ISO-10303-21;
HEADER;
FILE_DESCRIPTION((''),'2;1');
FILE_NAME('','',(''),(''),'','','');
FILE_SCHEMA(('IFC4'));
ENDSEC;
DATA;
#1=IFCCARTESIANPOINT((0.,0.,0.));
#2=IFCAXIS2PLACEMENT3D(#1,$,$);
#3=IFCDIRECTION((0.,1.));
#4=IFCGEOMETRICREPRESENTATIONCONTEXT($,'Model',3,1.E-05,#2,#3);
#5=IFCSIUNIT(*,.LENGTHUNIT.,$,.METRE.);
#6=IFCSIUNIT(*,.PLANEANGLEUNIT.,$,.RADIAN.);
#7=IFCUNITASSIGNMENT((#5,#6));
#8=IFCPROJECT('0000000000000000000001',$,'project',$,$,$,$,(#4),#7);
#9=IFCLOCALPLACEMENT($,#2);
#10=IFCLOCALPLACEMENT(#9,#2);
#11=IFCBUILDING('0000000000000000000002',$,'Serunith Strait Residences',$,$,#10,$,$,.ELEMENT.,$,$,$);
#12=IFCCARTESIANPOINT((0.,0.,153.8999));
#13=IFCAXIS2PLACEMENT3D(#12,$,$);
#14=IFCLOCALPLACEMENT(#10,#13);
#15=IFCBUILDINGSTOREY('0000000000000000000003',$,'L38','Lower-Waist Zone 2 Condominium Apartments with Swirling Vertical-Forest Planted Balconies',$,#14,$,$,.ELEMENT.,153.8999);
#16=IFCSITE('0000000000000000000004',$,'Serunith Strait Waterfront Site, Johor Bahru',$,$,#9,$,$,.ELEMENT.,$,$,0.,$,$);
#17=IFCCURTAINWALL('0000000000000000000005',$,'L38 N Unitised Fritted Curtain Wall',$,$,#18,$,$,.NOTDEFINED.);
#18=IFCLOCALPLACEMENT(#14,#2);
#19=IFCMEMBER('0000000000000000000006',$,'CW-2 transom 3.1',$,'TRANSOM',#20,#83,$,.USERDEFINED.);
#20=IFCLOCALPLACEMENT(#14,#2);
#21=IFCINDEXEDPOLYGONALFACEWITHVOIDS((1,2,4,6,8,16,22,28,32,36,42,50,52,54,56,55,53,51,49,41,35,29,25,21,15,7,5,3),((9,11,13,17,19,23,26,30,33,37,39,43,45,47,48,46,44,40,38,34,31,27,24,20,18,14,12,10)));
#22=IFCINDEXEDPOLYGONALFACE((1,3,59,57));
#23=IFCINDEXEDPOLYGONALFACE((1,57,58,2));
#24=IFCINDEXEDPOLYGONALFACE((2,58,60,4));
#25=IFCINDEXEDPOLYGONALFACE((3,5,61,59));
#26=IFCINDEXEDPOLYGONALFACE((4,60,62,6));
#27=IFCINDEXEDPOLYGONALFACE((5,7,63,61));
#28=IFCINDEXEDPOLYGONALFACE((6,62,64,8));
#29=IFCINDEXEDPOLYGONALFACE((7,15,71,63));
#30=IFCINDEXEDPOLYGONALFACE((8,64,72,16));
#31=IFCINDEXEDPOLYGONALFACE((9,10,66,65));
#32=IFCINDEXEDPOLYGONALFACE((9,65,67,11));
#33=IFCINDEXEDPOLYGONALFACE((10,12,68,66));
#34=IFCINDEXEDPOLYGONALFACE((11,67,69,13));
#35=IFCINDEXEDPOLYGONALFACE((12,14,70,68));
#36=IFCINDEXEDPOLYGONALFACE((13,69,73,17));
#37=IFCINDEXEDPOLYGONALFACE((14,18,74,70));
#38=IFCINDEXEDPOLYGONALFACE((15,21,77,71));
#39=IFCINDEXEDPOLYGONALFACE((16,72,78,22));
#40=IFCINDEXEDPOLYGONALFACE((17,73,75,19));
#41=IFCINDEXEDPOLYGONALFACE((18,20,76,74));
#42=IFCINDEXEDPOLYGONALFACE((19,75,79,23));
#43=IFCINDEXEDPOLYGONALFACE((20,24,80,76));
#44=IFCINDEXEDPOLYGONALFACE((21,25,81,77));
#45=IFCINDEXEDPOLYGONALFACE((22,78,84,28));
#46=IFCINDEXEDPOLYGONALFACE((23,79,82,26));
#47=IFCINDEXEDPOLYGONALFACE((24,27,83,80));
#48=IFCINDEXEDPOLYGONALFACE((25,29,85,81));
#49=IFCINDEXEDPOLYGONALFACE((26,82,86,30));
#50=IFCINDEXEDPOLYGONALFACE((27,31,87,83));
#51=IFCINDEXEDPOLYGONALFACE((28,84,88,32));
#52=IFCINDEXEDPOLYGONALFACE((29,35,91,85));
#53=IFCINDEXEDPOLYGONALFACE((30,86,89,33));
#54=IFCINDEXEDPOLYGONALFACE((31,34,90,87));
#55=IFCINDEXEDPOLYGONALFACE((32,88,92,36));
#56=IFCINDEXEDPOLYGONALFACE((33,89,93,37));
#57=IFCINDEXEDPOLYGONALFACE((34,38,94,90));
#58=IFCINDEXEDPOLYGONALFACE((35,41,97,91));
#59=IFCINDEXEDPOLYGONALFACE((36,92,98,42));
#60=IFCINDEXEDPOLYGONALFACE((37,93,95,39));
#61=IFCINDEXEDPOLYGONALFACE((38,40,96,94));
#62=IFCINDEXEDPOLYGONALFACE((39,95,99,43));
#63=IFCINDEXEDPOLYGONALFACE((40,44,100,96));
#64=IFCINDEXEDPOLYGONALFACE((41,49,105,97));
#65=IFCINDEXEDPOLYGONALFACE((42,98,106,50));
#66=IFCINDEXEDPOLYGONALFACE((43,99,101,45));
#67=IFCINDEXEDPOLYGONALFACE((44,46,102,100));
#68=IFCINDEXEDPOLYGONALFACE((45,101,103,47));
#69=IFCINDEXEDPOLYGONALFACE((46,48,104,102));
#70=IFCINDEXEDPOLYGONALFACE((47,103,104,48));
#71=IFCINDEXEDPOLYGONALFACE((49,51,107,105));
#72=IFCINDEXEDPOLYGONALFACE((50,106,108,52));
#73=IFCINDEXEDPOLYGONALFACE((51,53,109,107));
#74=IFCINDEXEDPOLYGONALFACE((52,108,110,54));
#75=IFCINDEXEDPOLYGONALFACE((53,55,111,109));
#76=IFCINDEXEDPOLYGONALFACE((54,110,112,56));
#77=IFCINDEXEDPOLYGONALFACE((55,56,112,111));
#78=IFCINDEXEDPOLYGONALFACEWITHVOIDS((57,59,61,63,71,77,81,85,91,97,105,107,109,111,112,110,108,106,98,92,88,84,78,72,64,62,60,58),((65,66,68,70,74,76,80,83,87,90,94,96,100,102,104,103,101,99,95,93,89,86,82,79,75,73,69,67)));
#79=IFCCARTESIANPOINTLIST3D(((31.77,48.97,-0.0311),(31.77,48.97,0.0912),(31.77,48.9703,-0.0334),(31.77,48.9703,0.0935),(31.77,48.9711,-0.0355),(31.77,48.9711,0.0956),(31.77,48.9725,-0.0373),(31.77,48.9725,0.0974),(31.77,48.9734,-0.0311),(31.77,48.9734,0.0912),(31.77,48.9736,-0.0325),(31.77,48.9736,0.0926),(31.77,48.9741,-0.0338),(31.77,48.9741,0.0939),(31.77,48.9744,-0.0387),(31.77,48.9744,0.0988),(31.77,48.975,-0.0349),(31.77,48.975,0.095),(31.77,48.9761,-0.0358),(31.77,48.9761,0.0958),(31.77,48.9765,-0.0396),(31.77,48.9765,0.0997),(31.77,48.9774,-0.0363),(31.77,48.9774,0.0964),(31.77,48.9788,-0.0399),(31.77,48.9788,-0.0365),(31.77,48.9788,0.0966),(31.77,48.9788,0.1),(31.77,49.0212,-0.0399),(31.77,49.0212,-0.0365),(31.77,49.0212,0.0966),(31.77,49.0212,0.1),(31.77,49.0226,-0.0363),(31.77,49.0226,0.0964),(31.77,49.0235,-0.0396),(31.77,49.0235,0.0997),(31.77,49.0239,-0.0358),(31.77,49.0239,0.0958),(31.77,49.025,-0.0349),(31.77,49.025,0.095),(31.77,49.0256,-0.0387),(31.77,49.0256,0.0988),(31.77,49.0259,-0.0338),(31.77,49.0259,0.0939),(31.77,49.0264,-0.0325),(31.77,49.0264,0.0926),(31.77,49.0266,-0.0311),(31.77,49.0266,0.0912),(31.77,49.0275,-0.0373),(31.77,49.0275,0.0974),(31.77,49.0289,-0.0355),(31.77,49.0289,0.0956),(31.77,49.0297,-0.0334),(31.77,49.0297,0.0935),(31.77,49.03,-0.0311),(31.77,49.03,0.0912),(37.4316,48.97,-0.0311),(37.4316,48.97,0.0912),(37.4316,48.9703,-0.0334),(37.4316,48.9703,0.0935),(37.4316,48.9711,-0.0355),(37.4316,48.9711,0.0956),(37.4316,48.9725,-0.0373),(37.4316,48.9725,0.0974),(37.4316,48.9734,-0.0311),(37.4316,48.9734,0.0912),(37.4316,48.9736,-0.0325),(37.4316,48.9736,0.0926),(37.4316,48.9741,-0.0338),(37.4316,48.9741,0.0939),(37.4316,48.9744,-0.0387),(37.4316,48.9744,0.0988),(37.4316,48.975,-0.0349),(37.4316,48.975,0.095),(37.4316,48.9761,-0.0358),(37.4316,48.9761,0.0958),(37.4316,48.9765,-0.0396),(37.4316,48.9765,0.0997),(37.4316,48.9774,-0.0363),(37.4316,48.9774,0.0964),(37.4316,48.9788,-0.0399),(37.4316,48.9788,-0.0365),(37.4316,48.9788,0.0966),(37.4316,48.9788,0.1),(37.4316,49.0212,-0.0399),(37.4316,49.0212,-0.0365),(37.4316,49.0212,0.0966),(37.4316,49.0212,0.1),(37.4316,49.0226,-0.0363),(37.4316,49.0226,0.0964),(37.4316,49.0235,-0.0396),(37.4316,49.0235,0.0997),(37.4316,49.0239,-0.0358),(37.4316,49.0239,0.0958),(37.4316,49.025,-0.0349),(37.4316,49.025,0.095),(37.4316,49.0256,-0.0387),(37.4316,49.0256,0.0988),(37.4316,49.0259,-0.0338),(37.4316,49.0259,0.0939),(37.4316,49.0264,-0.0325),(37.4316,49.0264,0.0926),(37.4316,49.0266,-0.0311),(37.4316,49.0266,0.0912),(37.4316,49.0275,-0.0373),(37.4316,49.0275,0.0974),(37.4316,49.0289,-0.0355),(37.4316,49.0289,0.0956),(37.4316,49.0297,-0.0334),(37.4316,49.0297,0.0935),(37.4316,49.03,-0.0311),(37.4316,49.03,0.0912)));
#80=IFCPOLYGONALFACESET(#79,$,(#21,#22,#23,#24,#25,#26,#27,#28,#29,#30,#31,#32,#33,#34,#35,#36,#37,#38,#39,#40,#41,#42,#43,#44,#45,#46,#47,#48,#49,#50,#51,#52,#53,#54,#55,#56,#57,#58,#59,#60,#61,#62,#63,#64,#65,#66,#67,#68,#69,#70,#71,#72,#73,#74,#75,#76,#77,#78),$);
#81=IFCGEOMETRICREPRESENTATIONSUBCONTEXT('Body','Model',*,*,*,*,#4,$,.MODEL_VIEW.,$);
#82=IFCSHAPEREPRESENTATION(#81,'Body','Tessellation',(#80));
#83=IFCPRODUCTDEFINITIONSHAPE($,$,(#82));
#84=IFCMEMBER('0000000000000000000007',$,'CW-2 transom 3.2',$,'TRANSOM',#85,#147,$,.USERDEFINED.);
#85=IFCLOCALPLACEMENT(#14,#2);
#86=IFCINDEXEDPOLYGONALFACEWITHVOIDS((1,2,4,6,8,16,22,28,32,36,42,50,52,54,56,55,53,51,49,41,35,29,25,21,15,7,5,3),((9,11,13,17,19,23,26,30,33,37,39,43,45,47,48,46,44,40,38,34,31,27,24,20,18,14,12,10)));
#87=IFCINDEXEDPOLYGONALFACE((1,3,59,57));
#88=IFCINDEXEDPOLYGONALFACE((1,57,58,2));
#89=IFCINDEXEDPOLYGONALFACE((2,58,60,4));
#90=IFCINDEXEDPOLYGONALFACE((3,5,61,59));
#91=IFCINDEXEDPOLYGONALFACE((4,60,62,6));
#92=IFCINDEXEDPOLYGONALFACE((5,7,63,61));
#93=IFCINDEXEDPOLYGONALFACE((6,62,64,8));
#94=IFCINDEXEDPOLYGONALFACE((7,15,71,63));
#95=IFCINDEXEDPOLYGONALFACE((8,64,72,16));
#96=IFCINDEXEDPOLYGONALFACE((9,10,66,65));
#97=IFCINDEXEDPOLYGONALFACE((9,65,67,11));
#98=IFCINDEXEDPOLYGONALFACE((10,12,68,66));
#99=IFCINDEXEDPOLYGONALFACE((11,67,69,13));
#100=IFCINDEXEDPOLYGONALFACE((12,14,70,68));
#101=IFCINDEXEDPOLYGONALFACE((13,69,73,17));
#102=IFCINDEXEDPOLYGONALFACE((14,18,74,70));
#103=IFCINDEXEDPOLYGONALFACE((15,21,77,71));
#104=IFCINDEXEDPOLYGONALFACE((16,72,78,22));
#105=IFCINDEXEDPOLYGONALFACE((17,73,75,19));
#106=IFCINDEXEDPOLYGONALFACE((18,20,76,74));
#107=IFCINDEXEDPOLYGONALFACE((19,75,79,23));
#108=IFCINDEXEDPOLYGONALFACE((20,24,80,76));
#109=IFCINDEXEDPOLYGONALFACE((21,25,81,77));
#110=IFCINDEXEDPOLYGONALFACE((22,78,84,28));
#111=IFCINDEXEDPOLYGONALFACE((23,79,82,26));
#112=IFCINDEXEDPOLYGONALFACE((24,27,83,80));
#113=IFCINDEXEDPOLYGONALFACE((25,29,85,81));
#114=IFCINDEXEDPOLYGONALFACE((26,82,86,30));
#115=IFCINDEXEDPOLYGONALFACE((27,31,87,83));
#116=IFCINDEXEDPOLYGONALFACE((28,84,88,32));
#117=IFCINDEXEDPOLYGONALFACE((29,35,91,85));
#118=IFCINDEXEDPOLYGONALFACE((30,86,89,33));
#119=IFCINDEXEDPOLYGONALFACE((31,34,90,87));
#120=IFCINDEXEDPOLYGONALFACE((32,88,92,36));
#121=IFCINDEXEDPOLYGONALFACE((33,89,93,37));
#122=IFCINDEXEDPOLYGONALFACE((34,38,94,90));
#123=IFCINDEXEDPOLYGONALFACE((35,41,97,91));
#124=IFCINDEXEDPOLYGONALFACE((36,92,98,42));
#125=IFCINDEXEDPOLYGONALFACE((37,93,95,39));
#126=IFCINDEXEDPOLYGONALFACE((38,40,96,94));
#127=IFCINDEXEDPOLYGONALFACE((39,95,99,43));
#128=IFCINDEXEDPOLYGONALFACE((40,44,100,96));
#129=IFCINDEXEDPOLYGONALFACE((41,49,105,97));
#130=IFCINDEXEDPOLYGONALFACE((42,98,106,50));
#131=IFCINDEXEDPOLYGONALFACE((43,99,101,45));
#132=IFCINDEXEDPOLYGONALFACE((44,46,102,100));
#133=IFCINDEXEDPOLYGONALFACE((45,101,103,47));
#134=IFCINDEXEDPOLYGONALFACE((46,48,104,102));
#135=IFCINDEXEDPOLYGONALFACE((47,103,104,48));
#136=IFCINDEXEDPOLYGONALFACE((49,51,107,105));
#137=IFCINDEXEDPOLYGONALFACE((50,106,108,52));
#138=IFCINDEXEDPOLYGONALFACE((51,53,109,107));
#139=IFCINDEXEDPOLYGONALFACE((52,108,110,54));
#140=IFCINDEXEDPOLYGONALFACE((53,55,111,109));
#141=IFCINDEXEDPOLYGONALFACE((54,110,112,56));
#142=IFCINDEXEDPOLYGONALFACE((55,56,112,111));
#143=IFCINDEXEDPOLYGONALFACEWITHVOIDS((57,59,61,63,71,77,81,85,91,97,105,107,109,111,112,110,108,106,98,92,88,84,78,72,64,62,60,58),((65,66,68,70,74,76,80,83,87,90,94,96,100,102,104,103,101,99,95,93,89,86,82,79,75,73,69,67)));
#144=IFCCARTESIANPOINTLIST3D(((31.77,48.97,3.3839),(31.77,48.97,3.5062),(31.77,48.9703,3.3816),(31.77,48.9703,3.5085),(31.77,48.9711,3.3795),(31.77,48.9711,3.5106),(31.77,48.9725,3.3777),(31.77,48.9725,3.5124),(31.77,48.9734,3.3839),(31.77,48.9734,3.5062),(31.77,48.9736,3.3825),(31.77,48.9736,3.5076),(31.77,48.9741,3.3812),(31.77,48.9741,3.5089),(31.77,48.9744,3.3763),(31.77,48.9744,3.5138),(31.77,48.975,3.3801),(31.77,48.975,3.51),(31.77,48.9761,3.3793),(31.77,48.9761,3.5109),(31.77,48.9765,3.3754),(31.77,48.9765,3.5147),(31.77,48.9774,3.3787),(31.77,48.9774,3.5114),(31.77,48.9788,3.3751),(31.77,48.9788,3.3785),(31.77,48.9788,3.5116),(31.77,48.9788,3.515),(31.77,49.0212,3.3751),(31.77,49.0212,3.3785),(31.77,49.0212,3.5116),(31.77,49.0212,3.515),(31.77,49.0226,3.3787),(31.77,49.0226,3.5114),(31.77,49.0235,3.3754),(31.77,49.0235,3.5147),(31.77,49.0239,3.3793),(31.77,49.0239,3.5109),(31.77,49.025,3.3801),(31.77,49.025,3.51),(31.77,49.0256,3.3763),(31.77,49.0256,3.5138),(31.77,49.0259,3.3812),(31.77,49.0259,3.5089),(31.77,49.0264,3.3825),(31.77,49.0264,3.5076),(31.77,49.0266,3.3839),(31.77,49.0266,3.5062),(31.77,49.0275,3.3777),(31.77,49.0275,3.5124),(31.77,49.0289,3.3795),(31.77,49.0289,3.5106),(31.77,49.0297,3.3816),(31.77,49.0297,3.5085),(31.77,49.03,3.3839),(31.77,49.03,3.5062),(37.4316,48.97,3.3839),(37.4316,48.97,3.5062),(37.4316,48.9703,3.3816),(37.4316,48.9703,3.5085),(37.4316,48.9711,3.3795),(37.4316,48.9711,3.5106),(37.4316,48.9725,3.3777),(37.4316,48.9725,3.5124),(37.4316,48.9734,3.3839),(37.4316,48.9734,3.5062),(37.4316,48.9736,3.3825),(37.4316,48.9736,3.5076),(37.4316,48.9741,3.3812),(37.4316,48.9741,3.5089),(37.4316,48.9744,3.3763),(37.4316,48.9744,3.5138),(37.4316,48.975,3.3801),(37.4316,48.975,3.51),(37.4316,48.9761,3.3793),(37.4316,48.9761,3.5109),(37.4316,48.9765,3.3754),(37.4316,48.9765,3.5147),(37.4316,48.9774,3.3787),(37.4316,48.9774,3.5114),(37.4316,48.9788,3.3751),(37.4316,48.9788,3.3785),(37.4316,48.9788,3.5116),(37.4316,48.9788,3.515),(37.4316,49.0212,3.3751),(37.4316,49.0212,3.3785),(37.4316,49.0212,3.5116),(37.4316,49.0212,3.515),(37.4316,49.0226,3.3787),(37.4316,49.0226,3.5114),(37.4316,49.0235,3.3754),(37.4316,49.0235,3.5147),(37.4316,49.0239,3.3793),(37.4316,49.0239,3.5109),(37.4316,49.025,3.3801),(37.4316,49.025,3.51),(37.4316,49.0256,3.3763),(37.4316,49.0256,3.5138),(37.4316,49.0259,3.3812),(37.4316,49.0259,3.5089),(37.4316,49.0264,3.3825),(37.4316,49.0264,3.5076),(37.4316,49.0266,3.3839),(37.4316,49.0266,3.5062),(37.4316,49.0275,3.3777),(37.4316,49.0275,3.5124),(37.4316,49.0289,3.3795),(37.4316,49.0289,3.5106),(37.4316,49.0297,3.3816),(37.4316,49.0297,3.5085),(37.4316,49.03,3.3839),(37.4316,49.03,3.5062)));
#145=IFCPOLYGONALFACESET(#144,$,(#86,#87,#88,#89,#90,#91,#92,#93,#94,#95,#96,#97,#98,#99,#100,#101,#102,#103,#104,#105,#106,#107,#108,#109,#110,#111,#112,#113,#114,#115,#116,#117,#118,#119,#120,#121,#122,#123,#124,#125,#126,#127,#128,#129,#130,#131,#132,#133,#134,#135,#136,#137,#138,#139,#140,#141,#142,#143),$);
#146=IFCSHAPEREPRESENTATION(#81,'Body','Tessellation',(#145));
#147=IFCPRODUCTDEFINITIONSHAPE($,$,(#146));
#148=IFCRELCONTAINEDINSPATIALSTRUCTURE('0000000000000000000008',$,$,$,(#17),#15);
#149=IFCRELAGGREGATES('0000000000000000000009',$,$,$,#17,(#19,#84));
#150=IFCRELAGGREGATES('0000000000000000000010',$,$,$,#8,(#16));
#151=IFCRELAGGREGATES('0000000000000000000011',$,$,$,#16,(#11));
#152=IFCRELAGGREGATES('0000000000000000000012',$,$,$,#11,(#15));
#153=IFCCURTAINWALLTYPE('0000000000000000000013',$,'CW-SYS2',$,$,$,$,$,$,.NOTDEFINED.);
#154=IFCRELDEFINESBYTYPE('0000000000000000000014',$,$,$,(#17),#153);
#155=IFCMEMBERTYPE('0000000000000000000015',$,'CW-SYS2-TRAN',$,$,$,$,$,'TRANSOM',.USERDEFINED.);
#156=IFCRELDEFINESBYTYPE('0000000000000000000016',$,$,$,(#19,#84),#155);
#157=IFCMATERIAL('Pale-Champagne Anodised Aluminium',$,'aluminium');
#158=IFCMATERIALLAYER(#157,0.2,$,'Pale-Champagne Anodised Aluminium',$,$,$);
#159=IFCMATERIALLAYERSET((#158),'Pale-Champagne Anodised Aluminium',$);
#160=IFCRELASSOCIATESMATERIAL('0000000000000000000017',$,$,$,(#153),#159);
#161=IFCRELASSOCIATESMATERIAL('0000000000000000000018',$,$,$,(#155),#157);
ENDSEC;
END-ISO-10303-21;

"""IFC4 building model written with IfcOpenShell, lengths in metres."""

from ifc_helpers import new_model, si_unit, direction, frame, origin, origin_2d, place, context, subcontext, project, spatial, hollow_rectangle, extrude, source, transform, mapped, material, layer, layer_set, material_profile, profile_set, type_object, element, aggregate, save


model = new_model("IFC4")

# Units and contexts
model_context = context("Model", 3, precision=1e-05, world=origin(), true_north=direction((0.0, 1.0)))
body_context = subcontext(model_context, "Body", "Model", "MODEL_VIEW")
ifc_project = project(units=[si_unit("LENGTHUNIT", "METRE"), si_unit("PLANEANGLEUNIT", "RADIAN")], contexts=[model_context])

# Site, building, storey
site_placement = place(None, origin())
site = spatial("IfcSite", under=ifc_project, at=site_placement, Name="Serunith Strait Waterfront Site, Johor Bahru", CompositionType="ELEMENT", RefElevation=0.0)
building_placement = place(site_placement, origin())
building = spatial("IfcBuilding", under=site, at=building_placement, Name="Serunith Strait Residences", CompositionType="ELEMENT")
storey_placement = place(building_placement, frame((0.0, 0.0, 153.8999)))
storey = spatial("IfcBuildingStorey", under=building, at=storey_placement, Name="L38", Description="Lower-Waist Zone 2 Condominium Apartments with Swirling Vertical-Forest Planted Balconies", CompositionType="ELEMENT", Elevation=153.8999)

# Curtain wall, members
ifc_material_1 = material(Name="Pale-Champagne Anodised Aluminium", Category="aluminium")
ifc_layer_1 = layer(ifc_material_1, 0.2, Name="Pale-Champagne Anodised Aluminium")
ifc_layer_set_1 = layer_set([ifc_layer_1], Name="Pale-Champagne Anodised Aluminium")
curtain_wall_type = type_object("IfcCurtainWallType", Name="CW-SYS2", PredefinedType="NOTDEFINED", material=ifc_layer_set_1)
curtain_wall_placement = place(storey_placement, origin())
curtain_wall = element("IfcCurtainWall", 1, at=curtain_wall_placement, inside=storey, type_object=curtain_wall_type, Name="L38 N Unitised Fritted Curtain Wall", PredefinedType="NOTDEFINED")
ifc_material_profile_1 = material_profile(ifc_material_1, hollow_rectangle(XDim=0.0601, YDim=0.1399, WallThickness=0.0034, InnerFilletRadius=0.0054, OuterFilletRadius=0.0088, at=origin_2d()), Name="ALU 140x60x3.5")
ifc_profile_set_1 = profile_set([ifc_material_profile_1], Name="Pale-Champagne Anodised Aluminium")
member_type_1 = type_object("IfcMemberType", Name="CW-SYS2-TRAN", ElementType="TRANSOM", PredefinedType="USERDEFINED", material=ifc_profile_set_1)
shared_shape_1 = source(origin(), body_context, "Body", "SweptSolid", [
    extrude(hollow_rectangle(XDim=0.0601, YDim=0.1399, WallThickness=0.0034, InnerFilletRadius=0.0054, OuterFilletRadius=0.0088, at=origin_2d()), origin(), (0.0, 0.0, 1.0), 5.6616),
])
member_1_placement = place(storey_placement, frame((37.4316, 49.0, 0.03), z_axis=(-1.0, 0.0, 0.0), x_axis=(0.0, -1.0, 0.0)))
member_1 = element("IfcMember", 2, at=member_1_placement, type_object=member_type_1, Name="CW-2 transom 3.1", ObjectType="TRANSOM", PredefinedType="USERDEFINED", context=body_context, shape_type="MappedRepresentation", body=[
    mapped(shared_shape_1, transform((0.0, 0.0, 0.0), scale=1.0)),
])
member_2_placement = place(storey_placement, frame((37.4316, 49.0, 3.4451), z_axis=(-1.0, 0.0, 0.0), x_axis=(0.0, -1.0, 0.0)))
member_2 = element("IfcMember", 3, at=member_2_placement, type_object=member_type_1, Name="CW-2 transom 3.2", ObjectType="TRANSOM", PredefinedType="USERDEFINED", context=body_context, shape_type="MappedRepresentation", body=[
    mapped(shared_shape_1, transform((0.0, 0.0, 0.0), scale=1.0)),
])
aggregate(curtain_wall, [member_1, member_2])

save(model, "model.ifc")
